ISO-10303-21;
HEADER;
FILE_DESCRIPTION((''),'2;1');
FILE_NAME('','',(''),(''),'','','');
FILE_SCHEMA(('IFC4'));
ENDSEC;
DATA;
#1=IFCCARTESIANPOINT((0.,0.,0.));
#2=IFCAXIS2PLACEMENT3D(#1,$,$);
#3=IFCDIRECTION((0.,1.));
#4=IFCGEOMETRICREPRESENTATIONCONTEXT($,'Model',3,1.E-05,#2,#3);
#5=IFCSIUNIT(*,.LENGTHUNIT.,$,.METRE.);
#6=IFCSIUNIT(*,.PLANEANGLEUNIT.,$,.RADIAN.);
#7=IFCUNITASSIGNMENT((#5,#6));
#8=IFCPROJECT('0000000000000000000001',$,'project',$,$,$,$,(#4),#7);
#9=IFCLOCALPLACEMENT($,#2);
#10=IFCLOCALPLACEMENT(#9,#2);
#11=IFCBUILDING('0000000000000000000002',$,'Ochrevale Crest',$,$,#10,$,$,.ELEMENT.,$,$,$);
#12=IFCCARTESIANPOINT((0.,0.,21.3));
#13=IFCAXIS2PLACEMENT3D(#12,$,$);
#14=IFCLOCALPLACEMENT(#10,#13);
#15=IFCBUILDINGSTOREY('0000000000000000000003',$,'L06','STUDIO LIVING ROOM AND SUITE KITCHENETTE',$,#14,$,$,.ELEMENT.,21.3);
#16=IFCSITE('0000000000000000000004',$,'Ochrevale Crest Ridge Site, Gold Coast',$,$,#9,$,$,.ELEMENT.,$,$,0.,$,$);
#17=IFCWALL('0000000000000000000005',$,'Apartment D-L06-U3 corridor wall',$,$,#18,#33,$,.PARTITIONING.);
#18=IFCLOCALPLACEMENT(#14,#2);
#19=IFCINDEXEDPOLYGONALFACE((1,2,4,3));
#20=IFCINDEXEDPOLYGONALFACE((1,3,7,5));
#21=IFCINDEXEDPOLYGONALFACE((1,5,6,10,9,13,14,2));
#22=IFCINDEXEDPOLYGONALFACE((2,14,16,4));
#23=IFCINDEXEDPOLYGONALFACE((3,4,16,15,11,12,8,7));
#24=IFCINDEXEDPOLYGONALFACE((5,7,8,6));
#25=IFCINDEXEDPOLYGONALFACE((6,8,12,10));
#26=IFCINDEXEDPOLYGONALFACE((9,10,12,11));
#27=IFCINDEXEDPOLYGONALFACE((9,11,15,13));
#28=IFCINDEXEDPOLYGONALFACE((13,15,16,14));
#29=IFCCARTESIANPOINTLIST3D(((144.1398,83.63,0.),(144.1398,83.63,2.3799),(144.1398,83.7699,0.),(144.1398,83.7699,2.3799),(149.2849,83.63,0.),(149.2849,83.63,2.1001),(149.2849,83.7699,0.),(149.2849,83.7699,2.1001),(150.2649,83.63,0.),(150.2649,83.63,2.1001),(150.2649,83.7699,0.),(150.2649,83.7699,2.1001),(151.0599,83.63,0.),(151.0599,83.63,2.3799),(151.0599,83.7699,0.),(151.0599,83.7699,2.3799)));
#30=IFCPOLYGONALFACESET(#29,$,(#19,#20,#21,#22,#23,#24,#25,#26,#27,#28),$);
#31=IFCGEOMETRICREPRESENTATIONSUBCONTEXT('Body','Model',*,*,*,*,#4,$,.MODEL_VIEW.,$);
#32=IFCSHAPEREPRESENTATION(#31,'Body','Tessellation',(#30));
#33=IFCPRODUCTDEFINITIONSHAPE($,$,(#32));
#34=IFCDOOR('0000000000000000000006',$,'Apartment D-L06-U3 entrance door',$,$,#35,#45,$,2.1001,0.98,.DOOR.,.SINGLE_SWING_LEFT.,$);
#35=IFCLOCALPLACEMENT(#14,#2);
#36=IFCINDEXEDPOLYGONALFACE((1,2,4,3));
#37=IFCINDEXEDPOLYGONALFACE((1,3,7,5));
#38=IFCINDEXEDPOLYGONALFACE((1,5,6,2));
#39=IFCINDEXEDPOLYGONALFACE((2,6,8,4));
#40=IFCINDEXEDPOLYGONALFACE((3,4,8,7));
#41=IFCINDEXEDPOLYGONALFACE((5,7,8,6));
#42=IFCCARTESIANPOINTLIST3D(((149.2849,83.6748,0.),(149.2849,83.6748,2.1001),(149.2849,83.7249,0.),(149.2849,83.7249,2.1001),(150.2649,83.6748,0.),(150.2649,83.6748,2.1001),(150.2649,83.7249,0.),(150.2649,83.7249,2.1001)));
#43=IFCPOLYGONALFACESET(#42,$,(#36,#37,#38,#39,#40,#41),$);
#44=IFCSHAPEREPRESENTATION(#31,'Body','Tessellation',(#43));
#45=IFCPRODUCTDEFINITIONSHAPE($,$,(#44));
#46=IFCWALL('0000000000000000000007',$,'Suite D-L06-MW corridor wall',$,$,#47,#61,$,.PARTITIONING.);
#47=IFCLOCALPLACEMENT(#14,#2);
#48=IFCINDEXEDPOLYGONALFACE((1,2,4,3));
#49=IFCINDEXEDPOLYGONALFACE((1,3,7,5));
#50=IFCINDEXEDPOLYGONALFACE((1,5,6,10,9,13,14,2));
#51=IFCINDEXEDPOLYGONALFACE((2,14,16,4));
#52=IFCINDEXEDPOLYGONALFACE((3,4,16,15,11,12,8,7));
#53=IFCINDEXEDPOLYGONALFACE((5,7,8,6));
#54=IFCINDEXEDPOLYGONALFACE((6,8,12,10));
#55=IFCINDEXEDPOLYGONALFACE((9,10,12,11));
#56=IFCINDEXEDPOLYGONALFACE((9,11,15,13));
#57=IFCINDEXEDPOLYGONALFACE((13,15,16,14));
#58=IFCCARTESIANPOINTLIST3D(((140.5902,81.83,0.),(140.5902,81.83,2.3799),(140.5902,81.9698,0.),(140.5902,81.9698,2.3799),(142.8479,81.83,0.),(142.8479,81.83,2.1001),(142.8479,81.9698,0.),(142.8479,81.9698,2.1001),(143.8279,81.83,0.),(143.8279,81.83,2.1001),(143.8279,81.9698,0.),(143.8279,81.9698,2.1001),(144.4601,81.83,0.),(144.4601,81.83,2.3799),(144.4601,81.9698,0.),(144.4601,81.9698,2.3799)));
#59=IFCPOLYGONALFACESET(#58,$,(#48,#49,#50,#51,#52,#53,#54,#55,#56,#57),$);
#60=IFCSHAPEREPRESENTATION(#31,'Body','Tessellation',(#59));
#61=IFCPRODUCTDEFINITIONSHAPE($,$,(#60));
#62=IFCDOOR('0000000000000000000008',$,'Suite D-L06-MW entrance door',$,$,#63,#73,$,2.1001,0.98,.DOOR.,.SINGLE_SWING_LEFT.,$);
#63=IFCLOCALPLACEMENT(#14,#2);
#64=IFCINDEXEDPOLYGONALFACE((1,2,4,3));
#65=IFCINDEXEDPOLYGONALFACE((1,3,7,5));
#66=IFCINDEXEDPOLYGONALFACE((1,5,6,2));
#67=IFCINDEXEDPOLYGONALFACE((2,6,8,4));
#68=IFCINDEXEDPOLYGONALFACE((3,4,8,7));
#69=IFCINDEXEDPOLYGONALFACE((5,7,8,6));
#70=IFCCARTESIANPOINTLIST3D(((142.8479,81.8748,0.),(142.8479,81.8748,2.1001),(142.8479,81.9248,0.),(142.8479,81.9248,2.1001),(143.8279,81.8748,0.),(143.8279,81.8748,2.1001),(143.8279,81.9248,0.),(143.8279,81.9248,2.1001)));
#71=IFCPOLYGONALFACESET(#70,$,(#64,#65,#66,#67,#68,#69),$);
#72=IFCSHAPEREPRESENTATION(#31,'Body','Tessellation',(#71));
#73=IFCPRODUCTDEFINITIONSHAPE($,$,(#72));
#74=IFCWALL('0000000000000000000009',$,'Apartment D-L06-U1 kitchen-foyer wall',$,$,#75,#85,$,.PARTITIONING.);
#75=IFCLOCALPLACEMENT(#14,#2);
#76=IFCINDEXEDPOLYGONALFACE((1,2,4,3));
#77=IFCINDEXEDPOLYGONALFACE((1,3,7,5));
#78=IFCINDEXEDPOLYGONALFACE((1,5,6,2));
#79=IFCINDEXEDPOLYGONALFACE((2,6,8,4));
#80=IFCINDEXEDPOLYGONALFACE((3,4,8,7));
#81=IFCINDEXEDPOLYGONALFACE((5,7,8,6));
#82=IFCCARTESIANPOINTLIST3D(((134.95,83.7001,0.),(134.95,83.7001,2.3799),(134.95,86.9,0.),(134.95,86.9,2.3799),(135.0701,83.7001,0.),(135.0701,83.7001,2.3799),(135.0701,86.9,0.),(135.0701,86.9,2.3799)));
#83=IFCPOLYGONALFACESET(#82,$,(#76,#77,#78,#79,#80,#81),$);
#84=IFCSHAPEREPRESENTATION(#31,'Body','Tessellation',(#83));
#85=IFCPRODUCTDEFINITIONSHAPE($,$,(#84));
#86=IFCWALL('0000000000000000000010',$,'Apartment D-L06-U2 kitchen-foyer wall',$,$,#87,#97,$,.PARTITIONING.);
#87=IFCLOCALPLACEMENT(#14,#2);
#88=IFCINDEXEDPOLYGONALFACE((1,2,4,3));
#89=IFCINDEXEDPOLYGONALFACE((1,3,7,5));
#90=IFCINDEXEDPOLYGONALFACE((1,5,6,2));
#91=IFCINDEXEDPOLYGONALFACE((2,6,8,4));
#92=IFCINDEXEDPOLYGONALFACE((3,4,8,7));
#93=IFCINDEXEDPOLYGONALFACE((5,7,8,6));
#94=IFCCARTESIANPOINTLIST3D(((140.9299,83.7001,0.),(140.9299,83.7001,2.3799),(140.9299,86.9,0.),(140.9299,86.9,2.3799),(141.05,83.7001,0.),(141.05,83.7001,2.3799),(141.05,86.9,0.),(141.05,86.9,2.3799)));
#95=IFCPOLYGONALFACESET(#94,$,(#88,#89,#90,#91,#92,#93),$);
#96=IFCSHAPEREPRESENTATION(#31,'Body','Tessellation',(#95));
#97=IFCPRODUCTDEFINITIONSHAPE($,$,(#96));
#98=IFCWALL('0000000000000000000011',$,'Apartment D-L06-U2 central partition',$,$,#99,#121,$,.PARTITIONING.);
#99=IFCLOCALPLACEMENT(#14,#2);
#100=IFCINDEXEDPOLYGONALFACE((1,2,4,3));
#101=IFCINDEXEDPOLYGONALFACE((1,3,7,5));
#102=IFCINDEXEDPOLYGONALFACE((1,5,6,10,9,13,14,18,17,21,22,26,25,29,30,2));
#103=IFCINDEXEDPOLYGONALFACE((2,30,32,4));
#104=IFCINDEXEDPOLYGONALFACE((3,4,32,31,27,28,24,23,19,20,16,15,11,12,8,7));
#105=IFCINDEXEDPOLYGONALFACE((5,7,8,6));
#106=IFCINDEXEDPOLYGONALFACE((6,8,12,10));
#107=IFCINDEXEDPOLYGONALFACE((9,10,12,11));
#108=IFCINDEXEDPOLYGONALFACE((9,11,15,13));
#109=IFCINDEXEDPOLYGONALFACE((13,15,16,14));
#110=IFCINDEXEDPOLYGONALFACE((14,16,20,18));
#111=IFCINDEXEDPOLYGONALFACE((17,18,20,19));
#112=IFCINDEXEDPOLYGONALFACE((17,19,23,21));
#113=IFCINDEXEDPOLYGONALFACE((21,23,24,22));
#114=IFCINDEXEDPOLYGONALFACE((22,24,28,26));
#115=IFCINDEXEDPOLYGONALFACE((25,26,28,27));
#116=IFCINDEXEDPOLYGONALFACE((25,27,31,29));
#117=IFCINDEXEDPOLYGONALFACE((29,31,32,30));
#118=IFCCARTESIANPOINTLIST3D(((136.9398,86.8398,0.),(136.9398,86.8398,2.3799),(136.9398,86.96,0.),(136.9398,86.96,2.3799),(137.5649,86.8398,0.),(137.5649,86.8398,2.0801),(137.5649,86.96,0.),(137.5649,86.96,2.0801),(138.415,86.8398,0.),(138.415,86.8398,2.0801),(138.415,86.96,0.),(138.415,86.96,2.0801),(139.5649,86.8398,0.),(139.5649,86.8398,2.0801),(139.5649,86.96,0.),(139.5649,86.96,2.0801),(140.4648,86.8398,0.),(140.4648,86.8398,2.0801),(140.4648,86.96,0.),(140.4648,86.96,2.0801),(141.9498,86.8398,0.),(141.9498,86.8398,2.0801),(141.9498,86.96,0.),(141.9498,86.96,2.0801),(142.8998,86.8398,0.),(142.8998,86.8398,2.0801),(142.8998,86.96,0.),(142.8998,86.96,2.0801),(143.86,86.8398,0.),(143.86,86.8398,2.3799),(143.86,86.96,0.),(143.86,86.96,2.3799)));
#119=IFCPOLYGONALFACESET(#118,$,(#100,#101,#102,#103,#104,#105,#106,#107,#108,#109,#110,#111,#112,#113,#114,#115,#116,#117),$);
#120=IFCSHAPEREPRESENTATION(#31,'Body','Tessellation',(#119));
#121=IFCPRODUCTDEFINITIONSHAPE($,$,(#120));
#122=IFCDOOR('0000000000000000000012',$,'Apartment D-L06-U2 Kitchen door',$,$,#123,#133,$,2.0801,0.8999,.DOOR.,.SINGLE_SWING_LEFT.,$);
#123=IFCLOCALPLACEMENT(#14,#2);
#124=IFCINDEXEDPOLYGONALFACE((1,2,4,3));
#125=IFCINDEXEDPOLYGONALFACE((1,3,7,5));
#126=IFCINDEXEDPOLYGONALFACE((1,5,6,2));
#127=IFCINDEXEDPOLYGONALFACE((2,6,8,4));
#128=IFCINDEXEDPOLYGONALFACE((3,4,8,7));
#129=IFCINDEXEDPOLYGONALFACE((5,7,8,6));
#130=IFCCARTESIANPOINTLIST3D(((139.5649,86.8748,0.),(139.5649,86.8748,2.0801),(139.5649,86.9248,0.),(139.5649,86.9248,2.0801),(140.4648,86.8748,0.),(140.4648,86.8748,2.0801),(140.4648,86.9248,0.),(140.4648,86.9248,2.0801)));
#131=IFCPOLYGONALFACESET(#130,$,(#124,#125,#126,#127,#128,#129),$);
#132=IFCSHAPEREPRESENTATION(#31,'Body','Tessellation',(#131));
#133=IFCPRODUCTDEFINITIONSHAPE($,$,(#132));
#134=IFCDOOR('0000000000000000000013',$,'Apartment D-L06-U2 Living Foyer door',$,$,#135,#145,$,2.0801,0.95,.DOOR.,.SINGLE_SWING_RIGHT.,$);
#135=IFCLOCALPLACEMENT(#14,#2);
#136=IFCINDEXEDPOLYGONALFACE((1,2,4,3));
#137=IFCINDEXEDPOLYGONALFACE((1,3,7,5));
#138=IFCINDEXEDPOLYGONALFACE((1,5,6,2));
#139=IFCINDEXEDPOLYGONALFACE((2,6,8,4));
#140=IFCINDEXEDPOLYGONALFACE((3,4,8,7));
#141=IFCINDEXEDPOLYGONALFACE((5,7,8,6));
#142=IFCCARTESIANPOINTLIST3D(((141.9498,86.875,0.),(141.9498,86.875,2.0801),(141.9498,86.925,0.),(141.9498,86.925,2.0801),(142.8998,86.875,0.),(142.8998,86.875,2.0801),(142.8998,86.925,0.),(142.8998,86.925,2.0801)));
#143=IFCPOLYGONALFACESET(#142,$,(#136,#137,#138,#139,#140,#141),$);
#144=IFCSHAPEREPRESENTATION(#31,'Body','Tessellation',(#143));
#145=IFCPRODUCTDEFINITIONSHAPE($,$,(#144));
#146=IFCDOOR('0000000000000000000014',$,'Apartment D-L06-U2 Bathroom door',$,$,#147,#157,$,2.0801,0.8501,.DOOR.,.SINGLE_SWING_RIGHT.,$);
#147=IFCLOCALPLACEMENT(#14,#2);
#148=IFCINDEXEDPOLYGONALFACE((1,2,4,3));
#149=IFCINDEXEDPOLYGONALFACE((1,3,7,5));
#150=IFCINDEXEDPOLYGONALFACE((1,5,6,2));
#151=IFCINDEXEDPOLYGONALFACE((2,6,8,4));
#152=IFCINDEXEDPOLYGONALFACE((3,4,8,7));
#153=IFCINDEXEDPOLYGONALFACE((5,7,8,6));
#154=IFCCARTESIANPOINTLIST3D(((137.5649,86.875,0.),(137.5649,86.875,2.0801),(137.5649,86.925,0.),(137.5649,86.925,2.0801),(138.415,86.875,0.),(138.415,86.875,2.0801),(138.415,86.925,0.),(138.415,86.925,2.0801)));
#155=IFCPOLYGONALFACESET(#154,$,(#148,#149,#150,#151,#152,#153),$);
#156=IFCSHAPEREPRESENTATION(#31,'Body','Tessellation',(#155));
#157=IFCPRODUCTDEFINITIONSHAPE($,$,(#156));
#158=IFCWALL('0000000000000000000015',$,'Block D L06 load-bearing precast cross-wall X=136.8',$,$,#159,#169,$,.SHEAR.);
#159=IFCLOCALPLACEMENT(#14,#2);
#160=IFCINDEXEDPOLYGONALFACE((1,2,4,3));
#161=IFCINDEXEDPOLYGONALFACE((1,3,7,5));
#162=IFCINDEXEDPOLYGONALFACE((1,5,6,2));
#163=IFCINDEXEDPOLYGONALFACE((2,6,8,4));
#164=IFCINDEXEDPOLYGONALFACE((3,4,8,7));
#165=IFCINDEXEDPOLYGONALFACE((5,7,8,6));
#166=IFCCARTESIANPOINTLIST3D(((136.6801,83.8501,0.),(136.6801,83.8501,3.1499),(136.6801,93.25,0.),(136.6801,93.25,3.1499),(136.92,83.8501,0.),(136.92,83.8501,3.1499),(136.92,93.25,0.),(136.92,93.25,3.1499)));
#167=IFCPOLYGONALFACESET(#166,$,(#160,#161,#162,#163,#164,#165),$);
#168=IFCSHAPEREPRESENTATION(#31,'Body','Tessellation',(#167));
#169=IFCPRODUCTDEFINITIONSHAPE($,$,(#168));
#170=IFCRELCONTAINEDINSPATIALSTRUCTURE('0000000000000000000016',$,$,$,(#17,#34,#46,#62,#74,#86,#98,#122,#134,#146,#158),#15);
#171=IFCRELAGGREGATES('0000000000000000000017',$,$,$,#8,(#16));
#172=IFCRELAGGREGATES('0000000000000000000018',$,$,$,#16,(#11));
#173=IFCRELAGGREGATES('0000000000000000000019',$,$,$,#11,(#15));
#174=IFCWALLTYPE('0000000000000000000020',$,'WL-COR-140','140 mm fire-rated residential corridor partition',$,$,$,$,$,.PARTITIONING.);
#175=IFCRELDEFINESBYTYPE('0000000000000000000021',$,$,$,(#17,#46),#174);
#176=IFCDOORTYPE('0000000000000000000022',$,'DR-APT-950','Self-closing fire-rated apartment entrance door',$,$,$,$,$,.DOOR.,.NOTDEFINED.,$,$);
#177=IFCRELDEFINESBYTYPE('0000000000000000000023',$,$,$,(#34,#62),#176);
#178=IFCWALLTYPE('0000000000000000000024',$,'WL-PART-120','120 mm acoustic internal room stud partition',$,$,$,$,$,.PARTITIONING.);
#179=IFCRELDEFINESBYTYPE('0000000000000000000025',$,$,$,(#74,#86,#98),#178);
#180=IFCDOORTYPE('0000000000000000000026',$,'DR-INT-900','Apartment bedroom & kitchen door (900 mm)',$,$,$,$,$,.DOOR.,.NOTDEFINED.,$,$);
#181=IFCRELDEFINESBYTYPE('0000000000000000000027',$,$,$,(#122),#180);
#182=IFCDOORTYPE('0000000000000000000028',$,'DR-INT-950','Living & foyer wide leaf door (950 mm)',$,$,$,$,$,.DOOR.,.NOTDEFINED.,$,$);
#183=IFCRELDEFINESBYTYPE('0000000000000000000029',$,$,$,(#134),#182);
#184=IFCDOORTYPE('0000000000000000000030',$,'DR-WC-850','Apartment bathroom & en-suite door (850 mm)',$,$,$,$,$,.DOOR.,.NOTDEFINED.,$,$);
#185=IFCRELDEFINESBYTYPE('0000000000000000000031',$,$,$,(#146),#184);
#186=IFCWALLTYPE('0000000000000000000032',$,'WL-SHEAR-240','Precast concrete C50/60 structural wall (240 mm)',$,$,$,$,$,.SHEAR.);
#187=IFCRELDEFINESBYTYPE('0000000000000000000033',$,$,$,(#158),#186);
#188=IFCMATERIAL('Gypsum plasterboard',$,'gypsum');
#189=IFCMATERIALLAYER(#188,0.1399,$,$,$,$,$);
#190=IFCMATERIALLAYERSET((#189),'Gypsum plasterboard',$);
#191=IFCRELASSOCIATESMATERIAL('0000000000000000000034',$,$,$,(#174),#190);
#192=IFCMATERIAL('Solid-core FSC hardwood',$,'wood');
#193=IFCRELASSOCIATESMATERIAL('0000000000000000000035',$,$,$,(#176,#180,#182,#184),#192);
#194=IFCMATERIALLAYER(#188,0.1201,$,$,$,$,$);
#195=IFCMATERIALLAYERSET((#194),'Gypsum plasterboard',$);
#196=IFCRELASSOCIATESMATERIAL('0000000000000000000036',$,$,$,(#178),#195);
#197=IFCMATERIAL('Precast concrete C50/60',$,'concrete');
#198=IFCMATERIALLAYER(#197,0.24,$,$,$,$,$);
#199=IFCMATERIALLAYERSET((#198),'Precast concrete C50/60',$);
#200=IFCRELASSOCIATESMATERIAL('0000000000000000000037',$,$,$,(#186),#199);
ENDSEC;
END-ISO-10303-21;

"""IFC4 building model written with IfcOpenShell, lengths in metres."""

from ifc_helpers import new_model, si_unit, direction, frame, frame_2d, origin, place, context, subcontext, project, spatial, rectangle, extrude, material, layer, layer_set, type_object, element, fill, save


model = new_model("IFC4")

# Units and contexts
model_context = context("Model", 3, precision=1e-05, world=origin(), true_north=direction((0.0, 1.0)))
body_context = subcontext(model_context, "Body", "Model", "MODEL_VIEW")
ifc_project = project(units=[si_unit("LENGTHUNIT", "METRE"), si_unit("PLANEANGLEUNIT", "RADIAN")], contexts=[model_context])

# Site, building, storey
site_placement = place(None, origin())
site = spatial("IfcSite", under=ifc_project, at=site_placement, Name="Ochrevale Crest Ridge Site, Gold Coast", CompositionType="ELEMENT", RefElevation=0.0)
building_placement = place(site_placement, origin())
building = spatial("IfcBuilding", under=site, at=building_placement, Name="Ochrevale Crest", CompositionType="ELEMENT")
storey_placement = place(building_placement, frame((0.0, 0.0, 21.3)))
storey = spatial("IfcBuildingStorey", under=building, at=storey_placement, Name="L06", Description="STUDIO LIVING ROOM AND SUITE KITCHENETTE", CompositionType="ELEMENT", Elevation=21.3)

# Shared definitions
ifc_material_1 = material(Name="Precast concrete C50/60", Category="concrete")

# Walls, openings, doors
ifc_material_2 = material(Name="Gypsum plasterboard", Category="gypsum")
ifc_layer_1 = layer(ifc_material_2, 0.1399)
ifc_layer_set_1 = layer_set([ifc_layer_1], Name="Gypsum plasterboard")
wall_type_1 = type_object("IfcWallType", Name="WL-COR-140", Description="140 mm fire-rated residential corridor partition", PredefinedType="PARTITIONING", material=ifc_layer_set_1)
ifc_material_3 = material(Name="Solid-core FSC hardwood", Category="wood")
door_type_1 = type_object("IfcDoorType", Name="DR-APT-950", Description="Self-closing fire-rated apartment entrance door", OperationType="NOTDEFINED", PredefinedType="DOOR", material=ifc_material_3)
wall_1_placement = place(storey_placement, frame((144.1399, 83.7, 0.0), z_axis=(0.0, 0.0, 1.0), x_axis=(1.0, 0.0, 0.0)))
wall_1 = element("IfcWall", 1, at=wall_1_placement, inside=storey, type_object=wall_type_1, Name="Apartment D-L06-U3 corridor wall", PredefinedType="PARTITIONING", context=body_context, shape_type="SweptSolid", body=[
    extrude(rectangle(XDim=6.9202, YDim=0.1399, at=frame_2d((3.46, 0.0))), origin(), (0.0, 0.0, 1.0), 2.3799),
])
opening_1_placement = place(wall_1_placement, frame((5.145, 0.0, 0.0)))
opening_1 = element("IfcOpeningElement", 2, at=opening_1_placement, cuts=wall_1, PredefinedType="OPENING", context=body_context, shape_type="SweptSolid", body=[
    extrude(rectangle(XDim=0.98, YDim=2.1001, at=frame_2d((0.49, 1.05))), frame((0.0, 0.0801, 0.0), z_axis=(0.0, -1.0, 0.0), x_axis=(1.0, 0.0, 0.0)), (0.0, 0.0, 1.0), 0.1599),
])
door_1_placement = place(opening_1_placement, origin())
door_1 = element("IfcDoor", 3, at=door_1_placement, inside=storey, type_object=door_type_1, Name="Apartment D-L06-U3 entrance door", OperationType="SINGLE_SWING_LEFT", OverallHeight=2.1001, OverallWidth=0.98, PredefinedType="DOOR", context=body_context, shape_type="SweptSolid", body=[
    extrude(rectangle(XDim=0.98, YDim=2.1001, at=frame_2d((0.49, 1.05))), frame((0.0, 0.0249, 0.0), z_axis=(0.0, -1.0, 0.0), x_axis=(1.0, 0.0, 0.0)), (0.0, 0.0, 1.0), 0.05),
])
fill(opening_1, door_1)
wall_2_placement = place(storey_placement, frame((140.5901, 81.8999, 0.0), z_axis=(0.0, 0.0, 1.0), x_axis=(1.0, 0.0, 0.0)))
wall_2 = element("IfcWall", 4, at=wall_2_placement, inside=storey, type_object=wall_type_1, Name="Suite D-L06-MW corridor wall", PredefinedType="PARTITIONING", context=body_context, shape_type="SweptSolid", body=[
    extrude(rectangle(XDim=3.8699, YDim=0.1399, at=frame_2d((1.9351, 0.0))), origin(), (0.0, 0.0, 1.0), 2.3799),
])
opening_2_placement = place(wall_2_placement, frame((2.2578, 0.0, 0.0)))
opening_2 = element("IfcOpeningElement", 5, at=opening_2_placement, cuts=wall_2, PredefinedType="OPENING", context=body_context, shape_type="SweptSolid", body=[
    extrude(rectangle(XDim=0.98, YDim=2.1001, at=frame_2d((0.49, 1.05))), frame((0.0, 0.0801, 0.0), z_axis=(0.0, -1.0, 0.0), x_axis=(1.0, 0.0, 0.0)), (0.0, 0.0, 1.0), 0.1599),
])
door_2_placement = place(opening_2_placement, origin())
door_2 = element("IfcDoor", 6, at=door_2_placement, inside=storey, type_object=door_type_1, Name="Suite D-L06-MW entrance door", OperationType="SINGLE_SWING_LEFT", OverallHeight=2.1001, OverallWidth=0.98, PredefinedType="DOOR", context=body_context, shape_type="SweptSolid", body=[
    extrude(rectangle(XDim=0.98, YDim=2.1001, at=frame_2d((0.49, 1.05))), frame((0.0, 0.0249, 0.0), z_axis=(0.0, -1.0, 0.0), x_axis=(1.0, 0.0, 0.0)), (0.0, 0.0, 1.0), 0.05),
])
fill(opening_2, door_2)

# Walls
ifc_layer_2 = layer(ifc_material_2, 0.1201)
ifc_layer_set_2 = layer_set([ifc_layer_2], Name="Gypsum plasterboard")
wall_type_2 = type_object("IfcWallType", Name="WL-PART-120", Description="120 mm acoustic internal room stud partition", PredefinedType="PARTITIONING", material=ifc_layer_set_2)
for number, where, z_axis, x_axis, name in (
    (7, (135.01, 83.7, 0.0), (0.0, 0.0, 1.0), (0.0, 1.0, 0.0), "Apartment D-L06-U1 kitchen-foyer wall"),
    (8, (140.99, 83.7, 0.0), (0.0, 0.0, 1.0), (0.0, 1.0, 0.0), "Apartment D-L06-U2 kitchen-foyer wall"),
):
    element("IfcWall", number, at=place(storey_placement, frame(where, z_axis=z_axis, x_axis=x_axis)), inside=storey, type_object=wall_type_2, Name=name, PredefinedType="PARTITIONING", context=body_context, shape_type="SweptSolid", body=[
        extrude(rectangle(XDim=3.2, YDim=0.1201, at=frame_2d((1.6001, 0.0))), origin(), (0.0, 0.0, 1.0), 2.3799),
    ])

# Wall, openings, doors
wall_3_placement = place(storey_placement, frame((136.9399, 86.8999, 0.0), z_axis=(0.0, 0.0, 1.0), x_axis=(1.0, 0.0, 0.0)))
wall_3 = element("IfcWall", 9, at=wall_3_placement, inside=storey, type_object=wall_type_2, Name="Apartment D-L06-U2 central partition", PredefinedType="PARTITIONING", context=body_context, shape_type="SweptSolid", body=[
    extrude(rectangle(XDim=6.9202, YDim=0.1201, at=frame_2d((3.46, 0.0))), origin(), (0.0, 0.0, 1.0), 2.3799),
])
opening_3_placement = place(wall_3_placement, frame((1.4751, 0.0, 0.0), z_axis=(0.0, 0.0, 1.0), x_axis=(-1.0, 0.0, 0.0)))
opening_3 = element("IfcOpeningElement", 10, at=opening_3_placement, cuts=wall_3, PredefinedType="OPENING", context=body_context, shape_type="SweptSolid", body=[
    extrude(rectangle(XDim=0.8501, YDim=2.0801, at=frame_2d((0.425, 1.04))), frame((0.0, 0.0701, 0.0), z_axis=(0.0, -1.0, 0.0), x_axis=(1.0, 0.0, 0.0)), (0.0, 0.0, 1.0), 0.1401),
])
opening_4_placement = place(wall_3_placement, frame((2.625, 0.0, 0.0)))
opening_4 = element("IfcOpeningElement", 11, at=opening_4_placement, cuts=wall_3, PredefinedType="OPENING", context=body_context, shape_type="SweptSolid", body=[
    extrude(rectangle(XDim=0.8999, YDim=2.0801, at=frame_2d((0.45, 1.04))), frame((0.0, 0.0701, 0.0), z_axis=(0.0, -1.0, 0.0), x_axis=(1.0, 0.0, 0.0)), (0.0, 0.0, 1.0), 0.1401),
])
opening_5_placement = place(wall_3_placement, frame((5.96, 0.0, 0.0), z_axis=(0.0, 0.0, 1.0), x_axis=(-1.0, 0.0, 0.0)))
opening_5 = element("IfcOpeningElement", 12, at=opening_5_placement, cuts=wall_3, PredefinedType="OPENING", context=body_context, shape_type="SweptSolid", body=[
    extrude(rectangle(XDim=0.95, YDim=2.0801, at=frame_2d((0.4751, 1.04))), frame((0.0, 0.0701, 0.0), z_axis=(0.0, -1.0, 0.0), x_axis=(1.0, 0.0, 0.0)), (0.0, 0.0, 1.0), 0.1401),
])
door_type_2 = type_object("IfcDoorType", Name="DR-INT-900", Description="Apartment bedroom & kitchen door (900 mm)", OperationType="NOTDEFINED", PredefinedType="DOOR", material=ifc_material_3)
door_3_placement = place(opening_4_placement, origin())
door_3 = element("IfcDoor", 13, at=door_3_placement, inside=storey, type_object=door_type_2, Name="Apartment D-L06-U2 Kitchen door", OperationType="SINGLE_SWING_LEFT", OverallHeight=2.0801, OverallWidth=0.8999, PredefinedType="DOOR", context=body_context, shape_type="SweptSolid", body=[
    extrude(rectangle(XDim=0.8999, YDim=2.0801, at=frame_2d((0.45, 1.04))), frame((0.0, 0.0249, 0.0), z_axis=(0.0, -1.0, 0.0), x_axis=(1.0, 0.0, 0.0)), (0.0, 0.0, 1.0), 0.05),
])
fill(opening_4, door_3)
door_type_3 = type_object("IfcDoorType", Name="DR-INT-950", Description="Living & foyer wide leaf door (950 mm)", OperationType="NOTDEFINED", PredefinedType="DOOR", material=ifc_material_3)
door_4_placement = place(opening_5_placement, origin())
door_4 = element("IfcDoor", 14, at=door_4_placement, inside=storey, type_object=door_type_3, Name="Apartment D-L06-U2 Living Foyer door", OperationType="SINGLE_SWING_RIGHT", OverallHeight=2.0801, OverallWidth=0.95, PredefinedType="DOOR", context=body_context, shape_type="SweptSolid", body=[
    extrude(rectangle(XDim=0.95, YDim=2.0801, at=frame_2d((0.4751, 1.04))), frame((0.0, 0.0249, 0.0), z_axis=(0.0, -1.0, 0.0), x_axis=(1.0, 0.0, 0.0)), (0.0, 0.0, 1.0), 0.05),
])
fill(opening_5, door_4)
door_type_4 = type_object("IfcDoorType", Name="DR-WC-850", Description="Apartment bathroom & en-suite door (850 mm)", OperationType="NOTDEFINED", PredefinedType="DOOR", material=ifc_material_3)
door_5_placement = place(opening_3_placement, origin())
door_5 = element("IfcDoor", 15, at=door_5_placement, inside=storey, type_object=door_type_4, Name="Apartment D-L06-U2 Bathroom door", OperationType="SINGLE_SWING_RIGHT", OverallHeight=2.0801, OverallWidth=0.8501, PredefinedType="DOOR", context=body_context, shape_type="SweptSolid", body=[
    extrude(rectangle(XDim=0.8501, YDim=2.0801, at=frame_2d((0.425, 1.04))), frame((0.0, 0.0249, 0.0), z_axis=(0.0, -1.0, 0.0), x_axis=(1.0, 0.0, 0.0)), (0.0, 0.0, 1.0), 0.05),
])
fill(opening_3, door_5)

# Wall
ifc_layer_3 = layer(ifc_material_1, 0.24)
ifc_layer_set_3 = layer_set([ifc_layer_3], Name="Precast concrete C50/60")
wall_type_3 = type_object("IfcWallType", Name="WL-SHEAR-240", Description="Precast concrete C50/60 structural wall (240 mm)", PredefinedType="SHEAR", material=ifc_layer_set_3)
for number, where, z_axis, x_axis, name in (
    (16, (136.8, 83.8501, 0.0), (0.0, 0.0, 1.0), (0.0, 1.0, 0.0), "Block D L06 load-bearing precast cross-wall X=136.8"),
):
    element("IfcWall", number, at=place(storey_placement, frame(where, z_axis=z_axis, x_axis=x_axis)), inside=storey, type_object=wall_type_3, Name=name, PredefinedType="SHEAR", context=body_context, shape_type="SweptSolid", body=[
        extrude(rectangle(XDim=9.3999, YDim=0.24, at=frame_2d((4.7, 0.0))), origin(), (0.0, 0.0, 1.0), 3.1499),
    ])

save(model, "model.ifc")
